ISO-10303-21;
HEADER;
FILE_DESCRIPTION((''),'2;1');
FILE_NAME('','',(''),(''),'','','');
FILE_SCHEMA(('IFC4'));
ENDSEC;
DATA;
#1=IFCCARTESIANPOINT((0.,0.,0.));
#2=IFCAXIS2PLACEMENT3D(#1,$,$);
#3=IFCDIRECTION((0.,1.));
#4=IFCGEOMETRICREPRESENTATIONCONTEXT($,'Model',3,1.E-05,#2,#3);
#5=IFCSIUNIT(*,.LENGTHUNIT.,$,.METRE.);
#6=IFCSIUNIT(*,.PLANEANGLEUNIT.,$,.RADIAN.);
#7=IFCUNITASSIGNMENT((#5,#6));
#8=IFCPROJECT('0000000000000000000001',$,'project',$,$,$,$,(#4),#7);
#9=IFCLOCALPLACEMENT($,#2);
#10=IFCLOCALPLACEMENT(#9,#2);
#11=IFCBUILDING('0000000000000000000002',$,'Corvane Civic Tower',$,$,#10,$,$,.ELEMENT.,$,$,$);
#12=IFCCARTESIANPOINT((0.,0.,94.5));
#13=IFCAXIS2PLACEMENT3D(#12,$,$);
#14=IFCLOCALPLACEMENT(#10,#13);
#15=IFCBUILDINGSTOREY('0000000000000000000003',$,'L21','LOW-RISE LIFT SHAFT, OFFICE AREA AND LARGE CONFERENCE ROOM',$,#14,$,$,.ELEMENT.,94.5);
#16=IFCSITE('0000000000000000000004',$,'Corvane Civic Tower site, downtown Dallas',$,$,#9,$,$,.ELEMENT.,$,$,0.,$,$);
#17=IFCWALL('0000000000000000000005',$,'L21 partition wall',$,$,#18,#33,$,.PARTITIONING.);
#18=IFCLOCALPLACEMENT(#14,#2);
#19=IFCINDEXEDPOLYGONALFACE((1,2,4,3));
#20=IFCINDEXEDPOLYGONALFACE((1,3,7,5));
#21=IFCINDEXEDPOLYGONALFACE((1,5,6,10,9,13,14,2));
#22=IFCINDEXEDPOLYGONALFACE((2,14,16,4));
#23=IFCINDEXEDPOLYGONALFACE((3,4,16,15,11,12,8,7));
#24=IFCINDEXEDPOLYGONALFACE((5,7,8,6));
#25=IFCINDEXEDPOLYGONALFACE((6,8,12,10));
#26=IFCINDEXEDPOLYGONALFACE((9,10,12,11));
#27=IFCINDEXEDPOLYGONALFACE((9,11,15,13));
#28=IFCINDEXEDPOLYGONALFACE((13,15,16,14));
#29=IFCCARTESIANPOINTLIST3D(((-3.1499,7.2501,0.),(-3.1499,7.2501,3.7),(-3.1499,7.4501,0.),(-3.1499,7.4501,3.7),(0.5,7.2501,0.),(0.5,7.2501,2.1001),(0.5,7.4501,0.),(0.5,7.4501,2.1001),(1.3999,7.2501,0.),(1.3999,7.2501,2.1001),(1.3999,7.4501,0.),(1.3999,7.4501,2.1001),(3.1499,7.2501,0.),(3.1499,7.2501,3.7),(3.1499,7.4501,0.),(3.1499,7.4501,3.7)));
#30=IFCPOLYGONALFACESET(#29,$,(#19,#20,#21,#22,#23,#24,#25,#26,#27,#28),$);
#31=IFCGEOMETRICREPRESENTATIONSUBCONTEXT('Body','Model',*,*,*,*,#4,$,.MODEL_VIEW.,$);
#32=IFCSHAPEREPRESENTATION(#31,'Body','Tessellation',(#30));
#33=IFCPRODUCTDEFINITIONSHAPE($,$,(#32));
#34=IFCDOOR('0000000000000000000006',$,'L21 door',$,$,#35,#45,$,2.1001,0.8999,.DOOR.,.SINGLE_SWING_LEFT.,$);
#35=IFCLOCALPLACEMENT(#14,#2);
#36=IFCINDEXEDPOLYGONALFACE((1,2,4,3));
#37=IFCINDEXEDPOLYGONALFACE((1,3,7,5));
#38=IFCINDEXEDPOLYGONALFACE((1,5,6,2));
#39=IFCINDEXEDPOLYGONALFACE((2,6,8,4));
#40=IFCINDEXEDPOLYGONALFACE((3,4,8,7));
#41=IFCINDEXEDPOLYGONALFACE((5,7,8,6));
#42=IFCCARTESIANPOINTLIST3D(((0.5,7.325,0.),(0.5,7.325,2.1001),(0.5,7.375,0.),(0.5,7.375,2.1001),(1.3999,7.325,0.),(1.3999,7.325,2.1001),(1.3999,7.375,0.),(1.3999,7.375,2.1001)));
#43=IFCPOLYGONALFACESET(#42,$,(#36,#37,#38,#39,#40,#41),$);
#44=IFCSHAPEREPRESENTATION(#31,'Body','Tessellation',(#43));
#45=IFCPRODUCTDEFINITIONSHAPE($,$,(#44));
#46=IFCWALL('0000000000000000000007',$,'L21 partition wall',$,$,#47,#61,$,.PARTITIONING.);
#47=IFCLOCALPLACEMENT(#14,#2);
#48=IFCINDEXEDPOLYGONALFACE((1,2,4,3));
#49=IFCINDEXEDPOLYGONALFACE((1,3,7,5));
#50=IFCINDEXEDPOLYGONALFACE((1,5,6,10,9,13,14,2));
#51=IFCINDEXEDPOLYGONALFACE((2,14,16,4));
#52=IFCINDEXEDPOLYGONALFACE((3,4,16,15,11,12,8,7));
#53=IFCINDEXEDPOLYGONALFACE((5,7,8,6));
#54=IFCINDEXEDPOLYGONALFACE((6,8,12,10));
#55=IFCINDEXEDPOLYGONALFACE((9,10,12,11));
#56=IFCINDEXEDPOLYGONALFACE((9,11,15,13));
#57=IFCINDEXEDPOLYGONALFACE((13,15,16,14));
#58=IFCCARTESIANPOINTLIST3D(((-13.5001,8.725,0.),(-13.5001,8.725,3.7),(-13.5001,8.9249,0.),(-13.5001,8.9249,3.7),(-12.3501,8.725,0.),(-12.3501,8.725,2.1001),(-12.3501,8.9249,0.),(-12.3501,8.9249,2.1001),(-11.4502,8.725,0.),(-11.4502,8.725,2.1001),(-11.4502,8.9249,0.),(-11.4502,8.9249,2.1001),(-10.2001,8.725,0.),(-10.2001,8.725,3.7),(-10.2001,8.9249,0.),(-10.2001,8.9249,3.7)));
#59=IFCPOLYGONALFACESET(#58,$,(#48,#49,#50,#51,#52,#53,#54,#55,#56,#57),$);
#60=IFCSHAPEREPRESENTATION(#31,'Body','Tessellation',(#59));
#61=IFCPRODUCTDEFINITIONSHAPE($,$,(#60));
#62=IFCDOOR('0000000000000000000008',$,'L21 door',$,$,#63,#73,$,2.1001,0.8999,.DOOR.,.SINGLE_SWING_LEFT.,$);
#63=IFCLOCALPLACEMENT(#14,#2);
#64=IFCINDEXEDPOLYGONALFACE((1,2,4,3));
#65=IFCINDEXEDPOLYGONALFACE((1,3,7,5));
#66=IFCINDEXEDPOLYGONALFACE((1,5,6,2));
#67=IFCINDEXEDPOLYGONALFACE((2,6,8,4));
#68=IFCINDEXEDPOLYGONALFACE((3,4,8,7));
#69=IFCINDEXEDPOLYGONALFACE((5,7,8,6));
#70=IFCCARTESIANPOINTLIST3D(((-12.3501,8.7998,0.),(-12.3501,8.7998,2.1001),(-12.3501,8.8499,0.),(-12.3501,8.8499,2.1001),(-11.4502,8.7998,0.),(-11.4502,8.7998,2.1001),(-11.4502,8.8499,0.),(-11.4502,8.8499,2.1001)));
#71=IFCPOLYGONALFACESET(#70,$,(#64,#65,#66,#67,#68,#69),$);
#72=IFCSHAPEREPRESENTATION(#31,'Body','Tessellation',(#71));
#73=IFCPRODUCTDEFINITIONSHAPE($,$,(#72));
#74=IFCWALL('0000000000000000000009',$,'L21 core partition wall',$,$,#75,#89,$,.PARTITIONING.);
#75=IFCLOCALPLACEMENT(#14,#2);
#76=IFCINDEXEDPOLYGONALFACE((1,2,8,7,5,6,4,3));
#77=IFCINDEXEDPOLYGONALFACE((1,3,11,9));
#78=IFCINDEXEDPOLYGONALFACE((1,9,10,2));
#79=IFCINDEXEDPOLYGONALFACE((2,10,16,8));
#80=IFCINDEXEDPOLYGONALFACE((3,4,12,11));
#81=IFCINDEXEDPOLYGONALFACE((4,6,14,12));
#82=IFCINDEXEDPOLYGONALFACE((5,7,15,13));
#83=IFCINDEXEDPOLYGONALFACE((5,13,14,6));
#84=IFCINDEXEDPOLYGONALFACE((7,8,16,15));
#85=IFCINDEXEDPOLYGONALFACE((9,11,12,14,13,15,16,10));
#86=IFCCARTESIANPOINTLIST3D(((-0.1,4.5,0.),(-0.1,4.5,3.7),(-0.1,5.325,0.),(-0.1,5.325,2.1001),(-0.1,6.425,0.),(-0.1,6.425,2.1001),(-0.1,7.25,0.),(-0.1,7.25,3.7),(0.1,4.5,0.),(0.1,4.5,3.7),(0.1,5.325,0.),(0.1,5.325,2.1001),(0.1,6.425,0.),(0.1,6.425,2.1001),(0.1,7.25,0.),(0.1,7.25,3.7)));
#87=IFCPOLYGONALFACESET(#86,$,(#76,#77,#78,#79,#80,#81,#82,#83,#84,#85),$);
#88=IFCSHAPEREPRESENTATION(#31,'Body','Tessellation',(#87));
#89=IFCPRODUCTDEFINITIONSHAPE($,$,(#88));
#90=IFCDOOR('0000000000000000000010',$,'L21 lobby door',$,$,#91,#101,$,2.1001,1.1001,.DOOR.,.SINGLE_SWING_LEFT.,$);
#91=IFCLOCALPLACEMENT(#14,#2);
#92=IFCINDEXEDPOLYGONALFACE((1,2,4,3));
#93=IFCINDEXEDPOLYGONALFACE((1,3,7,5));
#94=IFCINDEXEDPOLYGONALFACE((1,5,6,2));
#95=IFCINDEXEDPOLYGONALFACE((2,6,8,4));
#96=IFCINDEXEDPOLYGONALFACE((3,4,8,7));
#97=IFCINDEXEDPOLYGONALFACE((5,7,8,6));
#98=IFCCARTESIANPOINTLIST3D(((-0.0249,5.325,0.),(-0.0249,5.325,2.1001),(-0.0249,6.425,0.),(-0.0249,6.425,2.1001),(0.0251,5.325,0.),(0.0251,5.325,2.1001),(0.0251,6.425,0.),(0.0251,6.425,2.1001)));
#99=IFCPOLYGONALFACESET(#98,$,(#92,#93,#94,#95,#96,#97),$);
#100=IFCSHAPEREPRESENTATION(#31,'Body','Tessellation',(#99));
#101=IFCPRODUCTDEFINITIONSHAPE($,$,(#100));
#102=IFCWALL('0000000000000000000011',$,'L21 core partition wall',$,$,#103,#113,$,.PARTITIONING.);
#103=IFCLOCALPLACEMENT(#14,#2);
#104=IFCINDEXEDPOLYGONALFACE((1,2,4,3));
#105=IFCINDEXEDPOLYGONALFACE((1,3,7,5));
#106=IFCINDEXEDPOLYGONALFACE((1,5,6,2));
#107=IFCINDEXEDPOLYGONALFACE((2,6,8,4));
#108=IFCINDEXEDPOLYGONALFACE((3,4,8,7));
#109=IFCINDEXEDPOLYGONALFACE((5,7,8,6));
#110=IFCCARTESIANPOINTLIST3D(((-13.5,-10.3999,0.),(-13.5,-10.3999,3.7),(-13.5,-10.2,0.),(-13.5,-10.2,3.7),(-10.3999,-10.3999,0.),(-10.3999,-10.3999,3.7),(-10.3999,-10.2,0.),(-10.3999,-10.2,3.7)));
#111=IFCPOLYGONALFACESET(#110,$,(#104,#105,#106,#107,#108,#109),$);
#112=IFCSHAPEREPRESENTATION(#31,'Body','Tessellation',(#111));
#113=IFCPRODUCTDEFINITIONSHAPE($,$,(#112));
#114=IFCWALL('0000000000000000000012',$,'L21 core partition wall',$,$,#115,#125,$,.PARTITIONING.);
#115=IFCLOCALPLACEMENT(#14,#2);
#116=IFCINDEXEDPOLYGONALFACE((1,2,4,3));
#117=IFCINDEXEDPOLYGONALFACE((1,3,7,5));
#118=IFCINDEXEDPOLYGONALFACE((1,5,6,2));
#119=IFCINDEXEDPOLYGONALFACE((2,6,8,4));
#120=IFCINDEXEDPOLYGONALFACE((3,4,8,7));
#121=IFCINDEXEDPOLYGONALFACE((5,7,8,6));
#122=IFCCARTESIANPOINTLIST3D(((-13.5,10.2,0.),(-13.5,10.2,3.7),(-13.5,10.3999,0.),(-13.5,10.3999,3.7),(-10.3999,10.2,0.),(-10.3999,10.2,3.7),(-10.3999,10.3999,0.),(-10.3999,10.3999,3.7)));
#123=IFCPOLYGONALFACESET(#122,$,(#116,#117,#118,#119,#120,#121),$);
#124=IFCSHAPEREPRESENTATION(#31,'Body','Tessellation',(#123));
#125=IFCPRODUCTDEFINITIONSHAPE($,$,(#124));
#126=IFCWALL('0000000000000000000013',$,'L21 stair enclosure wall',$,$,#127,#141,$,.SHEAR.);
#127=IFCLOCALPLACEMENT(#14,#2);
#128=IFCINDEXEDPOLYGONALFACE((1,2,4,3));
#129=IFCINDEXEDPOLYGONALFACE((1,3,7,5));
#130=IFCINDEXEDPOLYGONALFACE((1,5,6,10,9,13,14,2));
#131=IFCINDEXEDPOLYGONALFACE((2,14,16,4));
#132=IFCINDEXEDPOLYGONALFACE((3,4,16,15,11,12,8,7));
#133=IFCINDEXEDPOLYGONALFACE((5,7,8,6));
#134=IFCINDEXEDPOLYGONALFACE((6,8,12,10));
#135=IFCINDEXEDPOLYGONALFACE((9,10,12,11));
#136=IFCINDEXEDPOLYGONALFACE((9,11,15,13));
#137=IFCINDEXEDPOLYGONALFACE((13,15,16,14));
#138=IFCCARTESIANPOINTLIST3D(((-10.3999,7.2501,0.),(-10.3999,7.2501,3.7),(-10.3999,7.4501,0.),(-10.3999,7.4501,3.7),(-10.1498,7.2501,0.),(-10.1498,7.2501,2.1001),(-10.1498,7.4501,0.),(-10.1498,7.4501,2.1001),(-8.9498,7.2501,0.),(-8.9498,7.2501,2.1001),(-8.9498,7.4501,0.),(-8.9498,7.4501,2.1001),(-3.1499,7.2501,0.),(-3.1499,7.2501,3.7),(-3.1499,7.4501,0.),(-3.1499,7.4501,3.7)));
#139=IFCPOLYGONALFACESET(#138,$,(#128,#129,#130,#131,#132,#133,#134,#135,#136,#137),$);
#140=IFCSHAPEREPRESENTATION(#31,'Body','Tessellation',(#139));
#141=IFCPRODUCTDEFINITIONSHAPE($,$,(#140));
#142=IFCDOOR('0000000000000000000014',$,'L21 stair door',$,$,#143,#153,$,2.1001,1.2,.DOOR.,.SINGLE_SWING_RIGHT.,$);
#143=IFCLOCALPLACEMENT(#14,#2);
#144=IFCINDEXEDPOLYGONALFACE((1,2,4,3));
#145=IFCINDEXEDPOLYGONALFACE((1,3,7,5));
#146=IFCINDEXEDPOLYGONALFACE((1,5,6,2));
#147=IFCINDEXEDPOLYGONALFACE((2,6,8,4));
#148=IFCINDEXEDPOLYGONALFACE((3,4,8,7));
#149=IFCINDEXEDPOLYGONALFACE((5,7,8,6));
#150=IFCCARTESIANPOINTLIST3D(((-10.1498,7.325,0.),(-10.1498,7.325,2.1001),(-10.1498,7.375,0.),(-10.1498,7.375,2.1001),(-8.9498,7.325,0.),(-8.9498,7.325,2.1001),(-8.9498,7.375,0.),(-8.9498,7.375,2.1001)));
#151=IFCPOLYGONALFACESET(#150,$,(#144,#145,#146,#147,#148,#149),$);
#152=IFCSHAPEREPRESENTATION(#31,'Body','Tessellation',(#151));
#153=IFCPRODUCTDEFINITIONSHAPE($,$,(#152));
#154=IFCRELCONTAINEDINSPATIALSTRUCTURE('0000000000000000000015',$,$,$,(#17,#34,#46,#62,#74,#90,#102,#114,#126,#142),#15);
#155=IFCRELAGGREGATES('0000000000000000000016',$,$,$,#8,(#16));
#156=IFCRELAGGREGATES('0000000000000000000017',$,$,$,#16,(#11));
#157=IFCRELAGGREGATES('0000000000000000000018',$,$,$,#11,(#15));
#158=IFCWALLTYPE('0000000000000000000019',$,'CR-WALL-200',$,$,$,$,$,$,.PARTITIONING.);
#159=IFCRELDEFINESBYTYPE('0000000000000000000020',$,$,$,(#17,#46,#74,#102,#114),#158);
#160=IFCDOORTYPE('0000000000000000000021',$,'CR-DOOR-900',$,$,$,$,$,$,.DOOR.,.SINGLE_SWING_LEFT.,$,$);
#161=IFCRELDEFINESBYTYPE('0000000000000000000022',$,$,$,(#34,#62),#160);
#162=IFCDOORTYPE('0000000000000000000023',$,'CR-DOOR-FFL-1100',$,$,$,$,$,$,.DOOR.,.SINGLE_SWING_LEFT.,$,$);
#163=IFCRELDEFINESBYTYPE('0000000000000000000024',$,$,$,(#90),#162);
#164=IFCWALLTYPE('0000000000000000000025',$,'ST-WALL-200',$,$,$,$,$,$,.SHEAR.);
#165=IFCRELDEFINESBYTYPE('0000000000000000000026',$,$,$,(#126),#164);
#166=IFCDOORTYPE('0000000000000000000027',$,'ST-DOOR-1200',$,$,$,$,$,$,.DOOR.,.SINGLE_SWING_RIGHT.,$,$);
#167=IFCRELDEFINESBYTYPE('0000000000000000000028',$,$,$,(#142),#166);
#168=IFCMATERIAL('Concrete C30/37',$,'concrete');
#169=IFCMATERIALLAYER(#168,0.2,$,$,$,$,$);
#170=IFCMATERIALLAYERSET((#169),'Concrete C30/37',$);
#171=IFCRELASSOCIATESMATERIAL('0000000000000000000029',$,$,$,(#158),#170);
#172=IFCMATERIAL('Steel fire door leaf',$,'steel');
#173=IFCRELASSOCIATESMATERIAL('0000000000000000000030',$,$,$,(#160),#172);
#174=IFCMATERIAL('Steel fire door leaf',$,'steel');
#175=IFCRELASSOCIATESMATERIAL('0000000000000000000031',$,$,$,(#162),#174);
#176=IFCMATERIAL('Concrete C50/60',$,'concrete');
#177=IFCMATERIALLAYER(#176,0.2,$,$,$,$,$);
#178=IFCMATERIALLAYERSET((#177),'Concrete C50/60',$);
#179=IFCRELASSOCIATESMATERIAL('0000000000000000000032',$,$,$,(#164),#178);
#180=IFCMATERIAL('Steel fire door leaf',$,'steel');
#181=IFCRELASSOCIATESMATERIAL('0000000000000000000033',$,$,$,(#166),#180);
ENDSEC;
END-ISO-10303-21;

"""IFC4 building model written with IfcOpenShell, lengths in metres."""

from ifc_helpers import new_model, si_unit, direction, frame, frame_2d, origin, place, context, subcontext, project, spatial, polyline, rectangle, outline, extrude, material, layer, layer_set, type_object, element, fill, save


model = new_model("IFC4")

# Units and contexts
model_context = context("Model", 3, precision=1e-05, world=origin(), true_north=direction((0.0, 1.0)))
body_context = subcontext(model_context, "Body", "Model", "MODEL_VIEW")
ifc_project = project(units=[si_unit("LENGTHUNIT", "METRE"), si_unit("PLANEANGLEUNIT", "RADIAN")], contexts=[model_context])

# Site, building, storey
site_placement = place(None, origin())
site = spatial("IfcSite", under=ifc_project, at=site_placement, Name="Corvane Civic Tower site, downtown Dallas", CompositionType="ELEMENT", RefElevation=0.0)
building_placement = place(site_placement, origin())
building = spatial("IfcBuilding", under=site, at=building_placement, Name="Corvane Civic Tower", CompositionType="ELEMENT")
storey_placement = place(building_placement, frame((0.0, 0.0, 94.5)))
storey = spatial("IfcBuildingStorey", under=building, at=storey_placement, Name="L21", Description="LOW-RISE LIFT SHAFT, OFFICE AREA AND LARGE CONFERENCE ROOM", CompositionType="ELEMENT", Elevation=94.5)

# Shared definitions
ifc_material_1 = material(Name="Concrete C30/37", Category="concrete")
ifc_layer_1 = layer(ifc_material_1, 0.2)
ifc_layer_set_1 = layer_set([ifc_layer_1], Name="Concrete C30/37")
wall_type_1 = type_object("IfcWallType", Name="CR-WALL-200", PredefinedType="PARTITIONING", material=ifc_layer_set_1)

# Walls, openings, doors
ifc_material_2 = material(Name="Steel fire door leaf", Category="steel")
door_type_1 = type_object("IfcDoorType", Name="CR-DOOR-900", OperationType="SINGLE_SWING_LEFT", PredefinedType="DOOR", material=ifc_material_2)
wall_1_placement = place(storey_placement, frame((-3.1499, 7.3501, 0.0), z_axis=(0.0, 0.0, 1.0), x_axis=(1.0, 0.0, 0.0)))
wall_1 = element("IfcWall", 1, at=wall_1_placement, inside=storey, type_object=wall_type_1, Name="L21 partition wall", PredefinedType="PARTITIONING", context=body_context, shape_type="SweptSolid", body=[
    extrude(rectangle(XDim=6.2998, YDim=0.2, at=frame_2d((3.1499, 0.0))), origin(), (0.0, 0.0, 1.0), 3.7),
])
opening_1_placement = place(wall_1_placement, frame((3.6499, 0.0, 0.0)))
opening_1 = element("IfcOpeningElement", 2, at=opening_1_placement, cuts=wall_1, PredefinedType="OPENING", context=body_context, shape_type="SweptSolid", body=[
    extrude(rectangle(XDim=0.8999, YDim=2.1001, at=frame_2d((0.45, 1.05))), frame((0.0, 0.1099, 0.0), z_axis=(0.0, -1.0, 0.0), x_axis=(1.0, 0.0, 0.0)), (0.0, 0.0, 1.0), 0.22),
])
door_1_placement = place(opening_1_placement, origin())
door_1 = element("IfcDoor", 3, at=door_1_placement, inside=storey, type_object=door_type_1, Name="L21 door", OperationType="SINGLE_SWING_LEFT", OverallHeight=2.1001, OverallWidth=0.8999, PredefinedType="DOOR", context=body_context, shape_type="SweptSolid", body=[
    extrude(rectangle(XDim=0.8999, YDim=2.1001, at=frame_2d((0.45, 1.05))), frame((0.0, 0.0249, 0.0), z_axis=(0.0, -1.0, 0.0), x_axis=(1.0, 0.0, 0.0)), (0.0, 0.0, 1.0), 0.05),
])
fill(opening_1, door_1)
wall_2_placement = place(storey_placement, frame((-13.5, 8.825, 0.0), z_axis=(0.0, 0.0, 1.0), x_axis=(1.0, 0.0, 0.0)))
wall_2 = element("IfcWall", 4, at=wall_2_placement, inside=storey, type_object=wall_type_1, Name="L21 partition wall", PredefinedType="PARTITIONING", context=body_context, shape_type="SweptSolid", body=[
    extrude(rectangle(XDim=3.3, YDim=0.2, at=frame_2d((1.6499, 0.0))), origin(), (0.0, 0.0, 1.0), 3.7),
])
opening_2_placement = place(wall_2_placement, frame((1.1499, 0.0, 0.0)))
opening_2 = element("IfcOpeningElement", 5, at=opening_2_placement, cuts=wall_2, PredefinedType="OPENING", context=body_context, shape_type="SweptSolid", body=[
    extrude(rectangle(XDim=0.8999, YDim=2.1001, at=frame_2d((0.45, 1.05))), frame((0.0, 0.1099, 0.0), z_axis=(0.0, -1.0, 0.0), x_axis=(1.0, 0.0, 0.0)), (0.0, 0.0, 1.0), 0.22),
])
door_2_placement = place(opening_2_placement, origin())
door_2 = element("IfcDoor", 6, at=door_2_placement, inside=storey, type_object=door_type_1, Name="L21 door", OperationType="SINGLE_SWING_LEFT", OverallHeight=2.1001, OverallWidth=0.8999, PredefinedType="DOOR", context=body_context, shape_type="SweptSolid", body=[
    extrude(rectangle(XDim=0.8999, YDim=2.1001, at=frame_2d((0.45, 1.05))), frame((0.0, 0.0249, 0.0), z_axis=(0.0, -1.0, 0.0), x_axis=(1.0, 0.0, 0.0)), (0.0, 0.0, 1.0), 0.05),
])
fill(opening_2, door_2)
wall_3_placement = place(storey_placement, frame((0.0, 4.5, 0.0), z_axis=(0.0, 0.0, 1.0), x_axis=(0.0, 1.0, 0.0)))
wall_3 = element("IfcWall", 7, at=wall_3_placement, inside=storey, type_object=wall_type_1, Name="L21 core partition wall", PredefinedType="PARTITIONING", context=body_context, shape_type="SweptSolid", body=[
    extrude(rectangle(XDim=2.75, YDim=0.2, at=frame_2d((1.375, 0.0))), origin(), (0.0, 0.0, 1.0), 3.7),
])
opening_3_placement = place(wall_3_placement, frame((0.825, 0.0, 0.0)))
opening_3 = element("IfcOpeningElement", 8, at=opening_3_placement, cuts=wall_3, PredefinedType="OPENING", context=body_context, shape_type="SweptSolid", body=[
    extrude(rectangle(XDim=1.1001, YDim=2.1001, at=frame_2d((0.55, 1.05))), frame((0.0, 0.1099, 0.0), z_axis=(0.0, -1.0, 0.0), x_axis=(1.0, 0.0, 0.0)), (0.0, 0.0, 1.0), 0.22),
])
ifc_material_3 = material(Name="Steel fire door leaf", Category="steel")
door_type_2 = type_object("IfcDoorType", Name="CR-DOOR-FFL-1100", OperationType="SINGLE_SWING_LEFT", PredefinedType="DOOR", material=ifc_material_3)
door_3_placement = place(opening_3_placement, origin())
door_3 = element("IfcDoor", 9, at=door_3_placement, inside=storey, type_object=door_type_2, Name="L21 lobby door", OperationType="SINGLE_SWING_LEFT", OverallHeight=2.1001, OverallWidth=1.1001, PredefinedType="DOOR", context=body_context, shape_type="SweptSolid", body=[
    extrude(rectangle(XDim=1.1001, YDim=2.1001, at=frame_2d((0.55, 1.05))), frame((0.0, 0.0249, 0.0), z_axis=(0.0, -1.0, 0.0), x_axis=(1.0, 0.0, 0.0)), (0.0, 0.0, 1.0), 0.05),
])
fill(opening_3, door_3)

# Walls
wall_4_placement = place(storey_placement, origin())
element("IfcWall", 10, at=wall_4_placement, inside=storey, type_object=wall_type_1, Name="L21 core partition wall", PredefinedType="PARTITIONING", context=body_context, shape_type="SweptSolid", body=[
    extrude(outline(polyline([(-10.3999, -10.3999), (-13.5, -10.3999), (-13.5, -10.2), (-10.3999, -10.2), (-10.3999, -10.3999)])), origin(), (0.0, 0.0, 1.0), 3.7),
])
wall_5_placement = place(storey_placement, origin())
element("IfcWall", 11, at=wall_5_placement, inside=storey, type_object=wall_type_1, Name="L21 core partition wall", PredefinedType="PARTITIONING", context=body_context, shape_type="SweptSolid", body=[
    extrude(outline(polyline([(-13.5, 10.2), (-13.5, 10.3999), (-10.3999, 10.3999), (-10.3999, 10.2), (-13.5, 10.2)])), origin(), (0.0, 0.0, 1.0), 3.7),
])

# Wall, opening, door
ifc_material_4 = material(Name="Concrete C50/60", Category="concrete")
ifc_layer_2 = layer(ifc_material_4, 0.2)
ifc_layer_set_2 = layer_set([ifc_layer_2], Name="Concrete C50/60")
wall_type_2 = type_object("IfcWallType", Name="ST-WALL-200", PredefinedType="SHEAR", material=ifc_layer_set_2)
wall_6_placement = place(storey_placement, frame((-10.3999, 7.3501, 0.0), z_axis=(0.0, 0.0, 1.0), x_axis=(1.0, 0.0, 0.0)))
wall_6 = element("IfcWall", 12, at=wall_6_placement, inside=storey, type_object=wall_type_2, Name="L21 stair enclosure wall", PredefinedType="SHEAR", context=body_context, shape_type="SweptSolid", body=[
    extrude(rectangle(XDim=7.25, YDim=0.2, at=frame_2d((3.625, 0.0))), origin(), (0.0, 0.0, 1.0), 3.7),
])
opening_4_placement = place(wall_6_placement, frame((0.25, 0.0, 0.0)))
opening_4 = element("IfcOpeningElement", 13, at=opening_4_placement, cuts=wall_6, PredefinedType="OPENING", context=body_context, shape_type="SweptSolid", body=[
    extrude(rectangle(XDim=1.2, YDim=2.1001, at=frame_2d((0.6001, 1.05))), frame((0.0, 0.1099, 0.0), z_axis=(0.0, -1.0, 0.0), x_axis=(1.0, 0.0, 0.0)), (0.0, 0.0, 1.0), 0.22),
])
ifc_material_5 = material(Name="Steel fire door leaf", Category="steel")
door_type_3 = type_object("IfcDoorType", Name="ST-DOOR-1200", OperationType="SINGLE_SWING_RIGHT", PredefinedType="DOOR", material=ifc_material_5)
door_4_placement = place(opening_4_placement, origin())
door_4 = element("IfcDoor", 14, at=door_4_placement, inside=storey, type_object=door_type_3, Name="L21 stair door", OperationType="SINGLE_SWING_RIGHT", OverallHeight=2.1001, OverallWidth=1.2, PredefinedType="DOOR", context=body_context, shape_type="SweptSolid", body=[
    extrude(rectangle(XDim=1.2, YDim=2.1001, at=frame_2d((0.6001, 1.05))), frame((0.0, 0.0249, 0.0), z_axis=(0.0, -1.0, 0.0), x_axis=(1.0, 0.0, 0.0)), (0.0, 0.0, 1.0), 0.05),
])
fill(opening_4, door_4)

save(model, "model.ifc")
